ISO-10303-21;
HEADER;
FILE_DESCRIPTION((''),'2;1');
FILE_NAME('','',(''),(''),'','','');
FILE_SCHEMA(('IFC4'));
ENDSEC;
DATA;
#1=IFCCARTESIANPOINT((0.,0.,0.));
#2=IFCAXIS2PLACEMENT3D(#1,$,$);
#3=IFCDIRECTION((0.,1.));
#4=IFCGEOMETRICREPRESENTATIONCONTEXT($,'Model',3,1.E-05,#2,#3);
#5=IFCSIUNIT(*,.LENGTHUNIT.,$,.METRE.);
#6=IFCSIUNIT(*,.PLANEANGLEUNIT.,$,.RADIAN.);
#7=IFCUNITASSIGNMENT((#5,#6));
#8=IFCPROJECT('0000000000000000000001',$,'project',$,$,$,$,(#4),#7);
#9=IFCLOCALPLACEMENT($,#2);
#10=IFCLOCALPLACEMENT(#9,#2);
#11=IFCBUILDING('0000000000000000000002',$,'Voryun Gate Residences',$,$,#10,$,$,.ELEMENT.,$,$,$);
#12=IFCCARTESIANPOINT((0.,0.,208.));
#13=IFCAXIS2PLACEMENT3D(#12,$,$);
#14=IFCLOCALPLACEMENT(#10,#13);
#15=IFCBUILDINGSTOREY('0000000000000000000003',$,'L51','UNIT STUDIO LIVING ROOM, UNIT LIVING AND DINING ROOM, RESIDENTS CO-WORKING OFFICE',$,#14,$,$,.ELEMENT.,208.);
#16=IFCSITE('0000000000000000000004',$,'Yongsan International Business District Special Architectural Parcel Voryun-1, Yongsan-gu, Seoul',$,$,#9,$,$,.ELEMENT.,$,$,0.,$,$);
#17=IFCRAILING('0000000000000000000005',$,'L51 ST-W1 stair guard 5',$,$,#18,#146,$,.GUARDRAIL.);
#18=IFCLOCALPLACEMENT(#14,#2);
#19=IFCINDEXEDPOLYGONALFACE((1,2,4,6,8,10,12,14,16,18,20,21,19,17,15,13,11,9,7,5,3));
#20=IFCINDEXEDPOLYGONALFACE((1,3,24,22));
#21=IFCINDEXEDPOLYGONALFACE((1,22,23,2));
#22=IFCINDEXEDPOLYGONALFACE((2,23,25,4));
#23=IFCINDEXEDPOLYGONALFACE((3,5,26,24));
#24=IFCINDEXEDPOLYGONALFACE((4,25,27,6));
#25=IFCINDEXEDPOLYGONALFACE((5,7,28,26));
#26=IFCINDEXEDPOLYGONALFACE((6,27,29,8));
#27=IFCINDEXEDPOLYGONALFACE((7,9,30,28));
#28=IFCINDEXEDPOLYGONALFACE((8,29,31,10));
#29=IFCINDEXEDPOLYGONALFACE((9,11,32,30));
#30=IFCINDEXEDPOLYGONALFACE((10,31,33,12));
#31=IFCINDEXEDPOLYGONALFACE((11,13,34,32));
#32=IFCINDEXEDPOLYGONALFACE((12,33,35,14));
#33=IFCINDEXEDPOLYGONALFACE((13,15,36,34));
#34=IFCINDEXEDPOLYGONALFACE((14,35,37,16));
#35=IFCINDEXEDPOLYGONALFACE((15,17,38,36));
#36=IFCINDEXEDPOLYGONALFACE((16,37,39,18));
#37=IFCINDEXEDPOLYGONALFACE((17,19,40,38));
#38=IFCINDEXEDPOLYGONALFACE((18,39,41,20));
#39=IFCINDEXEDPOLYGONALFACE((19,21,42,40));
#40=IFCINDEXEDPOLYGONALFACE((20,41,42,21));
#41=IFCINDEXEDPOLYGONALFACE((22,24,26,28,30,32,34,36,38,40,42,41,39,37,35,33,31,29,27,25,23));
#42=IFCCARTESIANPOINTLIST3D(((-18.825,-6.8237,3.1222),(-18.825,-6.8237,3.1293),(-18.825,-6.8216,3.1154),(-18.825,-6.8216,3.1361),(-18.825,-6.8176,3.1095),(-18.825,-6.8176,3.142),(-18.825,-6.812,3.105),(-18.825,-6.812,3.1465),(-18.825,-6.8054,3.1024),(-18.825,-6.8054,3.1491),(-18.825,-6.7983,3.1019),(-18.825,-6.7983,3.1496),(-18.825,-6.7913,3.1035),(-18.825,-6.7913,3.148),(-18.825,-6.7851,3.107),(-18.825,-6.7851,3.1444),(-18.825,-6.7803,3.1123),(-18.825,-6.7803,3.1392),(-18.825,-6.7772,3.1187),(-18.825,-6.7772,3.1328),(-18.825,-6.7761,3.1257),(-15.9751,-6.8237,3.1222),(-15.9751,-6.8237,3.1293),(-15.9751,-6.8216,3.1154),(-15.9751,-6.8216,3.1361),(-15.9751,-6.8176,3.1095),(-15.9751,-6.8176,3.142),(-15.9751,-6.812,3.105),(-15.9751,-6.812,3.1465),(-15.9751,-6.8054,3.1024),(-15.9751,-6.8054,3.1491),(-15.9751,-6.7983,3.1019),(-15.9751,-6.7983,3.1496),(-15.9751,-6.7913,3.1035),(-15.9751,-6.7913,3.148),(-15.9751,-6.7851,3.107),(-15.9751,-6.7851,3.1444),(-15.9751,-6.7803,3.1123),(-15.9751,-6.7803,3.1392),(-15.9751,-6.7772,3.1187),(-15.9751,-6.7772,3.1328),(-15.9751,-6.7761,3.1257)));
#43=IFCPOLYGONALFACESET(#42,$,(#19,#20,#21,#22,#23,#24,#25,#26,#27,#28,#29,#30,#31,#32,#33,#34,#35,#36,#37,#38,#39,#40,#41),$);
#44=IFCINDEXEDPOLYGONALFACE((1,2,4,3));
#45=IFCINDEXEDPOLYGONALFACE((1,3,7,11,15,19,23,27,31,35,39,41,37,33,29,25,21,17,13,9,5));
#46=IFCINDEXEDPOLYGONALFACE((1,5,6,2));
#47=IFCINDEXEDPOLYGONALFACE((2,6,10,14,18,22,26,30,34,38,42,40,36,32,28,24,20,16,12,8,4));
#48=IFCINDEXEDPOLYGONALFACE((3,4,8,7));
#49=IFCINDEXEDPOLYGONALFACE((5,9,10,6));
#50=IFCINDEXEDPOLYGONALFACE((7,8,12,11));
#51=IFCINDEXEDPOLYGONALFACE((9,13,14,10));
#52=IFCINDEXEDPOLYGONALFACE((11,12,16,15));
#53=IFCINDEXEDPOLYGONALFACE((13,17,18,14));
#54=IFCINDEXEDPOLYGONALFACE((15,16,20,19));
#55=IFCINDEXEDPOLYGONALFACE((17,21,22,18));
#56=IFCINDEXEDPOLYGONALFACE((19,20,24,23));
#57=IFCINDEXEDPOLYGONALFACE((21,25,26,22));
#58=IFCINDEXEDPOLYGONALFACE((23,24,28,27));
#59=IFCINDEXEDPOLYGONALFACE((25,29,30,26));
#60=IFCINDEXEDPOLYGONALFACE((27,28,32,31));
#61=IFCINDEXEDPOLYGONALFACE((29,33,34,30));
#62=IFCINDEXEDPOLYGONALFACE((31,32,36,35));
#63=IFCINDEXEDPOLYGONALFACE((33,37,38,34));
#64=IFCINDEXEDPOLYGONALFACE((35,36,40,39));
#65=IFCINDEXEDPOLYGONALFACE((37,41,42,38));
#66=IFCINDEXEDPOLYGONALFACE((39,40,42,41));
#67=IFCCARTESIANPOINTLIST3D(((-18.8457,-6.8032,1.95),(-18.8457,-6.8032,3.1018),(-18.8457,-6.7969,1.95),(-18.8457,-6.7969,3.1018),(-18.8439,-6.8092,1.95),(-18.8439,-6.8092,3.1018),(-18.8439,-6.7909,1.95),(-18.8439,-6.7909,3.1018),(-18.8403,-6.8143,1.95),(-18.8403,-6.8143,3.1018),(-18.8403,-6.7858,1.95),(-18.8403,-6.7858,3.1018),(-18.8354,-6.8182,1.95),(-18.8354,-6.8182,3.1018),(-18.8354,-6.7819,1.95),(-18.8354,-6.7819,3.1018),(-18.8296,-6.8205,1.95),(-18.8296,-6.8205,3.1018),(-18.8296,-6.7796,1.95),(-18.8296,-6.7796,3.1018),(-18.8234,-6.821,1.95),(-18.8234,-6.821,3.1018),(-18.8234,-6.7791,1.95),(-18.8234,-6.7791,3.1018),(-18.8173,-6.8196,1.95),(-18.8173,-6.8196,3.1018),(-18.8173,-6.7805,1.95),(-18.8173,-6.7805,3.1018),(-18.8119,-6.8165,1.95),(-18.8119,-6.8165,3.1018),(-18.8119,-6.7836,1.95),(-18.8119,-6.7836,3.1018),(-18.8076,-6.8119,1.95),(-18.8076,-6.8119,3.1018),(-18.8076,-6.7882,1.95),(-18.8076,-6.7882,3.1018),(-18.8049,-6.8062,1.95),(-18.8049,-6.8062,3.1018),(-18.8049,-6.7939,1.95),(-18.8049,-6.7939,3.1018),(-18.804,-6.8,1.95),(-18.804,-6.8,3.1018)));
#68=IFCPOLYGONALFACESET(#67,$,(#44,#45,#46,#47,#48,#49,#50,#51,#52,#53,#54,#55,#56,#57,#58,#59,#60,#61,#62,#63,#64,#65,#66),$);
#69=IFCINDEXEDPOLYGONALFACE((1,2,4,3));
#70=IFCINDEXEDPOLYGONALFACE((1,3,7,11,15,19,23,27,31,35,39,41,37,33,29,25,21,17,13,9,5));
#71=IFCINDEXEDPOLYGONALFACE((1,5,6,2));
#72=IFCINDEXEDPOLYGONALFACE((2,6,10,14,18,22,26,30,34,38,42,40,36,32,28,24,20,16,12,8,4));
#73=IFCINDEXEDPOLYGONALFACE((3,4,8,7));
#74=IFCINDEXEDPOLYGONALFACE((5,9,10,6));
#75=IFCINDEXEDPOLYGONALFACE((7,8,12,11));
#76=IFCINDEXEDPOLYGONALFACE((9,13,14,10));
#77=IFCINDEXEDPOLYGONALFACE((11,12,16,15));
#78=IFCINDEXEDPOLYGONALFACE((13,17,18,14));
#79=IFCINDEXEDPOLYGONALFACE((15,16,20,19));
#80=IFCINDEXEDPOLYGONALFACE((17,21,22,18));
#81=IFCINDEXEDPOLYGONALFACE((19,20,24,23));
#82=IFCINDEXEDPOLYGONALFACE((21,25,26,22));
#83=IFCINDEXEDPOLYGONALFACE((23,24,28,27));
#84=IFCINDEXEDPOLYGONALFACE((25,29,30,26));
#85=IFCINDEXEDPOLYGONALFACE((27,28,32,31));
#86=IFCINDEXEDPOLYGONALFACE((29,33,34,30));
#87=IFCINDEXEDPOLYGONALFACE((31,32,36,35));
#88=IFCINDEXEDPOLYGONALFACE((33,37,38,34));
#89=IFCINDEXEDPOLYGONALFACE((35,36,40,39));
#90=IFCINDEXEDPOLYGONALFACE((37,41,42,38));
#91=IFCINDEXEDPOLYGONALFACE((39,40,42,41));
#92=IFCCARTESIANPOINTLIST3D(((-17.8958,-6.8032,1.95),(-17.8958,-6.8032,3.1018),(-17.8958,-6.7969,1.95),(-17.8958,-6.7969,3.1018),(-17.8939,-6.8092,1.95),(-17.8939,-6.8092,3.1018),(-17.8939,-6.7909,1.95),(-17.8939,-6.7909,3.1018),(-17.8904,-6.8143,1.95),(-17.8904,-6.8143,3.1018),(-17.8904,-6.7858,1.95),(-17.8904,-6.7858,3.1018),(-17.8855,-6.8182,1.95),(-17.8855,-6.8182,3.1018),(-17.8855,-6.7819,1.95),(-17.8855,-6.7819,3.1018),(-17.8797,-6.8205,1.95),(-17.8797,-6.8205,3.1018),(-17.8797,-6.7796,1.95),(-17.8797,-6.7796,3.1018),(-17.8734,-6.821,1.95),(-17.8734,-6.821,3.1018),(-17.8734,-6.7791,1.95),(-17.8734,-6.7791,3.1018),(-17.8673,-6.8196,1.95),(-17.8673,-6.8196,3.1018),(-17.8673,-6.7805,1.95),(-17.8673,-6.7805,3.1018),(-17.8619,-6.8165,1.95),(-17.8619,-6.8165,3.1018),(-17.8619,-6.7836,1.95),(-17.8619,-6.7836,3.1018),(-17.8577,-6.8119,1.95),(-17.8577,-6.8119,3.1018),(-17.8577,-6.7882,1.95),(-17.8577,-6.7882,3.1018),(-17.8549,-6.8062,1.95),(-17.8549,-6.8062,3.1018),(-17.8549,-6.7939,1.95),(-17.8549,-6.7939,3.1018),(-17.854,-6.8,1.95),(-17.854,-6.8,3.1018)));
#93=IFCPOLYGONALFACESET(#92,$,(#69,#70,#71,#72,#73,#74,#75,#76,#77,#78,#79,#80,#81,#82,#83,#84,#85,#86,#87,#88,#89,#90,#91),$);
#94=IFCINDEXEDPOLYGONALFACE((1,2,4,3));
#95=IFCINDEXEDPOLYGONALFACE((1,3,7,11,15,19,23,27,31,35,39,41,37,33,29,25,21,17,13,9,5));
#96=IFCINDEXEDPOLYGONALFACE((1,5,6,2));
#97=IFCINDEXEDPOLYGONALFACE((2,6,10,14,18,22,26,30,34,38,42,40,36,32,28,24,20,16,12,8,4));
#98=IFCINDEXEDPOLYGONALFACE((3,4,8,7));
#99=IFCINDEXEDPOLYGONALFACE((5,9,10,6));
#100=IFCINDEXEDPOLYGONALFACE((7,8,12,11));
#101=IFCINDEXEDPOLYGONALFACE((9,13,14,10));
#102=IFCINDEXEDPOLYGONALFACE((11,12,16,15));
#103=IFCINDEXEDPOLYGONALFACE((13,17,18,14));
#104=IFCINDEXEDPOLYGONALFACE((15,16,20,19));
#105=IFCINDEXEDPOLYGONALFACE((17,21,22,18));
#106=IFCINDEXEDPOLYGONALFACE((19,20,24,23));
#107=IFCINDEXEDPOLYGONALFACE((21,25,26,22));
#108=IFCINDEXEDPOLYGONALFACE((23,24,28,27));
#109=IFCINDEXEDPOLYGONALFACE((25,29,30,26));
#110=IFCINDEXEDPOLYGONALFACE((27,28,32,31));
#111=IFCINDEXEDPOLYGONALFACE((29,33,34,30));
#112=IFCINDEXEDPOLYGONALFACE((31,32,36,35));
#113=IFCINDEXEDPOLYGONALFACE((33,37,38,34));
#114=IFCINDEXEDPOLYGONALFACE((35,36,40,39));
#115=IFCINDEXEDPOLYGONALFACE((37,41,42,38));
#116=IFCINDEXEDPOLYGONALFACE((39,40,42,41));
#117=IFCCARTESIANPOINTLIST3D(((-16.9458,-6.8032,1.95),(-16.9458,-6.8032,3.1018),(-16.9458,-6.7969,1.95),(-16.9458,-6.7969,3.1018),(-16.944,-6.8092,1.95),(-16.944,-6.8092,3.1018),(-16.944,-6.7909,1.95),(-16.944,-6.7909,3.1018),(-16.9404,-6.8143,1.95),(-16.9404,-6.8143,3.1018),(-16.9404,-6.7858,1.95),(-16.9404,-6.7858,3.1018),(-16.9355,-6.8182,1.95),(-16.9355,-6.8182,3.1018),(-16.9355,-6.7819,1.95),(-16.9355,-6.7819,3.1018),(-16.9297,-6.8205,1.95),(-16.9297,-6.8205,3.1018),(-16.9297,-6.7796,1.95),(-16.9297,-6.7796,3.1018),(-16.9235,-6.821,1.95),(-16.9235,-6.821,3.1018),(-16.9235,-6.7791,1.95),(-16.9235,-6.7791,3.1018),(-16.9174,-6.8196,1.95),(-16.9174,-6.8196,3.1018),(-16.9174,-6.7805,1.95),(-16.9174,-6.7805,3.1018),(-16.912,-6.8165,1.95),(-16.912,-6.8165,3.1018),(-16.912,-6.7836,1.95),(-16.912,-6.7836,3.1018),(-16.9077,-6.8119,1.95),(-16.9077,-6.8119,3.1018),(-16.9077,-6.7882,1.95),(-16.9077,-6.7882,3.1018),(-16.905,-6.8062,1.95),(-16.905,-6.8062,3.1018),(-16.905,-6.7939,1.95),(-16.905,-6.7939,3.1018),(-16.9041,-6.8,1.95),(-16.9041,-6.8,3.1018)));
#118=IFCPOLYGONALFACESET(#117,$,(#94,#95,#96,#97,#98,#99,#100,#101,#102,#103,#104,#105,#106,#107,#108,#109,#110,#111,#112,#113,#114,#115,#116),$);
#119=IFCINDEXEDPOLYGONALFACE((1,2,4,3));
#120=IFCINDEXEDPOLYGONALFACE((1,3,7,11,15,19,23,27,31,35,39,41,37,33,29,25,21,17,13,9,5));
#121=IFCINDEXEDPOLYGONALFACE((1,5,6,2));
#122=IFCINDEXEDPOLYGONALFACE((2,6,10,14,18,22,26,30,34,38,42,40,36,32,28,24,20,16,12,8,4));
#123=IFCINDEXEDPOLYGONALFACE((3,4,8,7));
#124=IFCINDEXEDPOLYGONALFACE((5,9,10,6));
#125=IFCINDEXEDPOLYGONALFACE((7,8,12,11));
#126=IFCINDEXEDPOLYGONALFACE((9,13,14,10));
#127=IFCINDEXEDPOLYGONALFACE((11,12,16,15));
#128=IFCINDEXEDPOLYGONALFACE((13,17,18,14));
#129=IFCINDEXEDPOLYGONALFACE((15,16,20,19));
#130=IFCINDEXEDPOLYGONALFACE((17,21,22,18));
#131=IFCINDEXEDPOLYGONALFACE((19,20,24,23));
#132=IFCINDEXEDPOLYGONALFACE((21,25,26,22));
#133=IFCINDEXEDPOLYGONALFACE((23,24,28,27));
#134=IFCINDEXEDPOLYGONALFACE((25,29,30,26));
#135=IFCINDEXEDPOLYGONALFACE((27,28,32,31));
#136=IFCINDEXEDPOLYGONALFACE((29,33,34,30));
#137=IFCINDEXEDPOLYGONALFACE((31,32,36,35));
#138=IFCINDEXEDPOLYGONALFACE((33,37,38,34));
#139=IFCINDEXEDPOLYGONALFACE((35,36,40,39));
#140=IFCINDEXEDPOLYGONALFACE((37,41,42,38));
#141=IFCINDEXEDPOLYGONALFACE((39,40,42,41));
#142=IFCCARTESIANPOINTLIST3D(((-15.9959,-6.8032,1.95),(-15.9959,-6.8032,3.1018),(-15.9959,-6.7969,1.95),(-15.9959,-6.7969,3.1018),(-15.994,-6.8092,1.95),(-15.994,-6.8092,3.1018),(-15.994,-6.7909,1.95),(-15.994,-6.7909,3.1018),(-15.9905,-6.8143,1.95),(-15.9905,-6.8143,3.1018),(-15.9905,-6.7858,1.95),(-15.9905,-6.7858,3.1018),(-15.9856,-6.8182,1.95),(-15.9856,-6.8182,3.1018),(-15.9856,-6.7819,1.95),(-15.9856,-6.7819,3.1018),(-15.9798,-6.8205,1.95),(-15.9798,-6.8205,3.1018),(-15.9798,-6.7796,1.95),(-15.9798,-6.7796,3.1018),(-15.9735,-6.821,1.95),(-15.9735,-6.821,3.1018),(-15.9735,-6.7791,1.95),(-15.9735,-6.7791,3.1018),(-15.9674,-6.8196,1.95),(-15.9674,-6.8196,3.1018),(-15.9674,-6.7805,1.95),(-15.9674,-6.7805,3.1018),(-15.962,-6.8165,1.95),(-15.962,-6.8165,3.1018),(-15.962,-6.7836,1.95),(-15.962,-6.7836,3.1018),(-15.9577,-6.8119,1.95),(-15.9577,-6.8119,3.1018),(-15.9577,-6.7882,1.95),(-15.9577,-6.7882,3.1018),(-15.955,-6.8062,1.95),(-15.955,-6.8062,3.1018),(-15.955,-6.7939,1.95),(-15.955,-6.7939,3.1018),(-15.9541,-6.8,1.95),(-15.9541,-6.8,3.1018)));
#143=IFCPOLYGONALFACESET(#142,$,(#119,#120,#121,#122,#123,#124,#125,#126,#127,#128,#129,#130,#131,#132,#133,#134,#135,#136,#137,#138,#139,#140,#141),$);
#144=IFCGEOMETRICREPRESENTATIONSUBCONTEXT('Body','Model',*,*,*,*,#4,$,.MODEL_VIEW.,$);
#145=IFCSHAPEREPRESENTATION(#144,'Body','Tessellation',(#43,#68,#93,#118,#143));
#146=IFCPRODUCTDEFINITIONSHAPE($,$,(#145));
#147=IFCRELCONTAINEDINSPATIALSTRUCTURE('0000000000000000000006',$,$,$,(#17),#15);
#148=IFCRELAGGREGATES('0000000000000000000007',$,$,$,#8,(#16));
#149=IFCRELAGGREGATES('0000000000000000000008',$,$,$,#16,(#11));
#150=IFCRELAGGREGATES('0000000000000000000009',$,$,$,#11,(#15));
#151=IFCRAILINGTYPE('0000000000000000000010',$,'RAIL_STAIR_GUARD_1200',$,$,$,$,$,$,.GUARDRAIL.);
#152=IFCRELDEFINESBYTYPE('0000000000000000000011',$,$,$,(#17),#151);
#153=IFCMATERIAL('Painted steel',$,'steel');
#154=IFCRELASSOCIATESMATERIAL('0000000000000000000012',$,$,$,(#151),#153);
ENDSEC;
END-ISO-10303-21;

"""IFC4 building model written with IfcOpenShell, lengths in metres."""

from ifc_helpers import new_model, si_unit, direction, frame, origin, origin_2d, place, context, subcontext, project, spatial, circle, extrude, material, type_object, element, save


model = new_model("IFC4")

# Units and contexts
model_context = context("Model", 3, precision=1e-05, world=origin(), true_north=direction((0.0, 1.0)))
body_context = subcontext(model_context, "Body", "Model", "MODEL_VIEW")
ifc_project = project(units=[si_unit("LENGTHUNIT", "METRE"), si_unit("PLANEANGLEUNIT", "RADIAN")], contexts=[model_context])

# Site, building, storey
site_placement = place(None, origin())
site = spatial("IfcSite", under=ifc_project, at=site_placement, Name="Yongsan International Business District Special Architectural Parcel Voryun-1, Yongsan-gu, Seoul", CompositionType="ELEMENT", RefElevation=0.0)
building_placement = place(site_placement, origin())
building = spatial("IfcBuilding", under=site, at=building_placement, Name="Voryun Gate Residences", CompositionType="ELEMENT")
storey_placement = place(building_placement, frame((0.0, 0.0, 208.0)))
storey = spatial("IfcBuildingStorey", under=building, at=storey_placement, Name="L51", Description="UNIT STUDIO LIVING ROOM, UNIT LIVING AND DINING ROOM, RESIDENTS CO-WORKING OFFICE", CompositionType="ELEMENT", Elevation=208.0)

# Railing
ifc_material_1 = material(Name="Painted steel", Category="steel")
railing_type = type_object("IfcRailingType", Name="RAIL_STAIR_GUARD_1200", PredefinedType="GUARDRAIL", material=ifc_material_1)
railing_1_placement = place(storey_placement, frame((-18.825, -6.8, 1.95)))
element("IfcRailing", 1, at=railing_1_placement, inside=storey, type_object=railing_type, Name="L51 ST-W1 stair guard 5", PredefinedType="GUARDRAIL", context=body_context, shape_type="SweptSolid", body=[
    extrude(circle(Radius=0.0239, at=origin_2d()), frame((0.0, 0.0, 1.1758), z_axis=(1.0, 0.0, 0.0), x_axis=(0.0, 1.0, 0.0)), (0.0, 0.0, 1.0), 2.8499),
    extrude(circle(Radius=0.021, at=origin_2d()), origin(), (0.0, 0.0, 1.0), 1.1519),
    extrude(circle(Radius=0.021, at=origin_2d()), frame((0.95, 0.0, 0.0)), (0.0, 0.0, 1.0), 1.1519),
    extrude(circle(Radius=0.021, at=origin_2d()), frame((1.8999, 0.0, 0.0)), (0.0, 0.0, 1.0), 1.1519),
    extrude(circle(Radius=0.021, at=origin_2d()), frame((2.8499, 0.0, 0.0)), (0.0, 0.0, 1.0), 1.1519),
])

save(model, "model.ifc")
